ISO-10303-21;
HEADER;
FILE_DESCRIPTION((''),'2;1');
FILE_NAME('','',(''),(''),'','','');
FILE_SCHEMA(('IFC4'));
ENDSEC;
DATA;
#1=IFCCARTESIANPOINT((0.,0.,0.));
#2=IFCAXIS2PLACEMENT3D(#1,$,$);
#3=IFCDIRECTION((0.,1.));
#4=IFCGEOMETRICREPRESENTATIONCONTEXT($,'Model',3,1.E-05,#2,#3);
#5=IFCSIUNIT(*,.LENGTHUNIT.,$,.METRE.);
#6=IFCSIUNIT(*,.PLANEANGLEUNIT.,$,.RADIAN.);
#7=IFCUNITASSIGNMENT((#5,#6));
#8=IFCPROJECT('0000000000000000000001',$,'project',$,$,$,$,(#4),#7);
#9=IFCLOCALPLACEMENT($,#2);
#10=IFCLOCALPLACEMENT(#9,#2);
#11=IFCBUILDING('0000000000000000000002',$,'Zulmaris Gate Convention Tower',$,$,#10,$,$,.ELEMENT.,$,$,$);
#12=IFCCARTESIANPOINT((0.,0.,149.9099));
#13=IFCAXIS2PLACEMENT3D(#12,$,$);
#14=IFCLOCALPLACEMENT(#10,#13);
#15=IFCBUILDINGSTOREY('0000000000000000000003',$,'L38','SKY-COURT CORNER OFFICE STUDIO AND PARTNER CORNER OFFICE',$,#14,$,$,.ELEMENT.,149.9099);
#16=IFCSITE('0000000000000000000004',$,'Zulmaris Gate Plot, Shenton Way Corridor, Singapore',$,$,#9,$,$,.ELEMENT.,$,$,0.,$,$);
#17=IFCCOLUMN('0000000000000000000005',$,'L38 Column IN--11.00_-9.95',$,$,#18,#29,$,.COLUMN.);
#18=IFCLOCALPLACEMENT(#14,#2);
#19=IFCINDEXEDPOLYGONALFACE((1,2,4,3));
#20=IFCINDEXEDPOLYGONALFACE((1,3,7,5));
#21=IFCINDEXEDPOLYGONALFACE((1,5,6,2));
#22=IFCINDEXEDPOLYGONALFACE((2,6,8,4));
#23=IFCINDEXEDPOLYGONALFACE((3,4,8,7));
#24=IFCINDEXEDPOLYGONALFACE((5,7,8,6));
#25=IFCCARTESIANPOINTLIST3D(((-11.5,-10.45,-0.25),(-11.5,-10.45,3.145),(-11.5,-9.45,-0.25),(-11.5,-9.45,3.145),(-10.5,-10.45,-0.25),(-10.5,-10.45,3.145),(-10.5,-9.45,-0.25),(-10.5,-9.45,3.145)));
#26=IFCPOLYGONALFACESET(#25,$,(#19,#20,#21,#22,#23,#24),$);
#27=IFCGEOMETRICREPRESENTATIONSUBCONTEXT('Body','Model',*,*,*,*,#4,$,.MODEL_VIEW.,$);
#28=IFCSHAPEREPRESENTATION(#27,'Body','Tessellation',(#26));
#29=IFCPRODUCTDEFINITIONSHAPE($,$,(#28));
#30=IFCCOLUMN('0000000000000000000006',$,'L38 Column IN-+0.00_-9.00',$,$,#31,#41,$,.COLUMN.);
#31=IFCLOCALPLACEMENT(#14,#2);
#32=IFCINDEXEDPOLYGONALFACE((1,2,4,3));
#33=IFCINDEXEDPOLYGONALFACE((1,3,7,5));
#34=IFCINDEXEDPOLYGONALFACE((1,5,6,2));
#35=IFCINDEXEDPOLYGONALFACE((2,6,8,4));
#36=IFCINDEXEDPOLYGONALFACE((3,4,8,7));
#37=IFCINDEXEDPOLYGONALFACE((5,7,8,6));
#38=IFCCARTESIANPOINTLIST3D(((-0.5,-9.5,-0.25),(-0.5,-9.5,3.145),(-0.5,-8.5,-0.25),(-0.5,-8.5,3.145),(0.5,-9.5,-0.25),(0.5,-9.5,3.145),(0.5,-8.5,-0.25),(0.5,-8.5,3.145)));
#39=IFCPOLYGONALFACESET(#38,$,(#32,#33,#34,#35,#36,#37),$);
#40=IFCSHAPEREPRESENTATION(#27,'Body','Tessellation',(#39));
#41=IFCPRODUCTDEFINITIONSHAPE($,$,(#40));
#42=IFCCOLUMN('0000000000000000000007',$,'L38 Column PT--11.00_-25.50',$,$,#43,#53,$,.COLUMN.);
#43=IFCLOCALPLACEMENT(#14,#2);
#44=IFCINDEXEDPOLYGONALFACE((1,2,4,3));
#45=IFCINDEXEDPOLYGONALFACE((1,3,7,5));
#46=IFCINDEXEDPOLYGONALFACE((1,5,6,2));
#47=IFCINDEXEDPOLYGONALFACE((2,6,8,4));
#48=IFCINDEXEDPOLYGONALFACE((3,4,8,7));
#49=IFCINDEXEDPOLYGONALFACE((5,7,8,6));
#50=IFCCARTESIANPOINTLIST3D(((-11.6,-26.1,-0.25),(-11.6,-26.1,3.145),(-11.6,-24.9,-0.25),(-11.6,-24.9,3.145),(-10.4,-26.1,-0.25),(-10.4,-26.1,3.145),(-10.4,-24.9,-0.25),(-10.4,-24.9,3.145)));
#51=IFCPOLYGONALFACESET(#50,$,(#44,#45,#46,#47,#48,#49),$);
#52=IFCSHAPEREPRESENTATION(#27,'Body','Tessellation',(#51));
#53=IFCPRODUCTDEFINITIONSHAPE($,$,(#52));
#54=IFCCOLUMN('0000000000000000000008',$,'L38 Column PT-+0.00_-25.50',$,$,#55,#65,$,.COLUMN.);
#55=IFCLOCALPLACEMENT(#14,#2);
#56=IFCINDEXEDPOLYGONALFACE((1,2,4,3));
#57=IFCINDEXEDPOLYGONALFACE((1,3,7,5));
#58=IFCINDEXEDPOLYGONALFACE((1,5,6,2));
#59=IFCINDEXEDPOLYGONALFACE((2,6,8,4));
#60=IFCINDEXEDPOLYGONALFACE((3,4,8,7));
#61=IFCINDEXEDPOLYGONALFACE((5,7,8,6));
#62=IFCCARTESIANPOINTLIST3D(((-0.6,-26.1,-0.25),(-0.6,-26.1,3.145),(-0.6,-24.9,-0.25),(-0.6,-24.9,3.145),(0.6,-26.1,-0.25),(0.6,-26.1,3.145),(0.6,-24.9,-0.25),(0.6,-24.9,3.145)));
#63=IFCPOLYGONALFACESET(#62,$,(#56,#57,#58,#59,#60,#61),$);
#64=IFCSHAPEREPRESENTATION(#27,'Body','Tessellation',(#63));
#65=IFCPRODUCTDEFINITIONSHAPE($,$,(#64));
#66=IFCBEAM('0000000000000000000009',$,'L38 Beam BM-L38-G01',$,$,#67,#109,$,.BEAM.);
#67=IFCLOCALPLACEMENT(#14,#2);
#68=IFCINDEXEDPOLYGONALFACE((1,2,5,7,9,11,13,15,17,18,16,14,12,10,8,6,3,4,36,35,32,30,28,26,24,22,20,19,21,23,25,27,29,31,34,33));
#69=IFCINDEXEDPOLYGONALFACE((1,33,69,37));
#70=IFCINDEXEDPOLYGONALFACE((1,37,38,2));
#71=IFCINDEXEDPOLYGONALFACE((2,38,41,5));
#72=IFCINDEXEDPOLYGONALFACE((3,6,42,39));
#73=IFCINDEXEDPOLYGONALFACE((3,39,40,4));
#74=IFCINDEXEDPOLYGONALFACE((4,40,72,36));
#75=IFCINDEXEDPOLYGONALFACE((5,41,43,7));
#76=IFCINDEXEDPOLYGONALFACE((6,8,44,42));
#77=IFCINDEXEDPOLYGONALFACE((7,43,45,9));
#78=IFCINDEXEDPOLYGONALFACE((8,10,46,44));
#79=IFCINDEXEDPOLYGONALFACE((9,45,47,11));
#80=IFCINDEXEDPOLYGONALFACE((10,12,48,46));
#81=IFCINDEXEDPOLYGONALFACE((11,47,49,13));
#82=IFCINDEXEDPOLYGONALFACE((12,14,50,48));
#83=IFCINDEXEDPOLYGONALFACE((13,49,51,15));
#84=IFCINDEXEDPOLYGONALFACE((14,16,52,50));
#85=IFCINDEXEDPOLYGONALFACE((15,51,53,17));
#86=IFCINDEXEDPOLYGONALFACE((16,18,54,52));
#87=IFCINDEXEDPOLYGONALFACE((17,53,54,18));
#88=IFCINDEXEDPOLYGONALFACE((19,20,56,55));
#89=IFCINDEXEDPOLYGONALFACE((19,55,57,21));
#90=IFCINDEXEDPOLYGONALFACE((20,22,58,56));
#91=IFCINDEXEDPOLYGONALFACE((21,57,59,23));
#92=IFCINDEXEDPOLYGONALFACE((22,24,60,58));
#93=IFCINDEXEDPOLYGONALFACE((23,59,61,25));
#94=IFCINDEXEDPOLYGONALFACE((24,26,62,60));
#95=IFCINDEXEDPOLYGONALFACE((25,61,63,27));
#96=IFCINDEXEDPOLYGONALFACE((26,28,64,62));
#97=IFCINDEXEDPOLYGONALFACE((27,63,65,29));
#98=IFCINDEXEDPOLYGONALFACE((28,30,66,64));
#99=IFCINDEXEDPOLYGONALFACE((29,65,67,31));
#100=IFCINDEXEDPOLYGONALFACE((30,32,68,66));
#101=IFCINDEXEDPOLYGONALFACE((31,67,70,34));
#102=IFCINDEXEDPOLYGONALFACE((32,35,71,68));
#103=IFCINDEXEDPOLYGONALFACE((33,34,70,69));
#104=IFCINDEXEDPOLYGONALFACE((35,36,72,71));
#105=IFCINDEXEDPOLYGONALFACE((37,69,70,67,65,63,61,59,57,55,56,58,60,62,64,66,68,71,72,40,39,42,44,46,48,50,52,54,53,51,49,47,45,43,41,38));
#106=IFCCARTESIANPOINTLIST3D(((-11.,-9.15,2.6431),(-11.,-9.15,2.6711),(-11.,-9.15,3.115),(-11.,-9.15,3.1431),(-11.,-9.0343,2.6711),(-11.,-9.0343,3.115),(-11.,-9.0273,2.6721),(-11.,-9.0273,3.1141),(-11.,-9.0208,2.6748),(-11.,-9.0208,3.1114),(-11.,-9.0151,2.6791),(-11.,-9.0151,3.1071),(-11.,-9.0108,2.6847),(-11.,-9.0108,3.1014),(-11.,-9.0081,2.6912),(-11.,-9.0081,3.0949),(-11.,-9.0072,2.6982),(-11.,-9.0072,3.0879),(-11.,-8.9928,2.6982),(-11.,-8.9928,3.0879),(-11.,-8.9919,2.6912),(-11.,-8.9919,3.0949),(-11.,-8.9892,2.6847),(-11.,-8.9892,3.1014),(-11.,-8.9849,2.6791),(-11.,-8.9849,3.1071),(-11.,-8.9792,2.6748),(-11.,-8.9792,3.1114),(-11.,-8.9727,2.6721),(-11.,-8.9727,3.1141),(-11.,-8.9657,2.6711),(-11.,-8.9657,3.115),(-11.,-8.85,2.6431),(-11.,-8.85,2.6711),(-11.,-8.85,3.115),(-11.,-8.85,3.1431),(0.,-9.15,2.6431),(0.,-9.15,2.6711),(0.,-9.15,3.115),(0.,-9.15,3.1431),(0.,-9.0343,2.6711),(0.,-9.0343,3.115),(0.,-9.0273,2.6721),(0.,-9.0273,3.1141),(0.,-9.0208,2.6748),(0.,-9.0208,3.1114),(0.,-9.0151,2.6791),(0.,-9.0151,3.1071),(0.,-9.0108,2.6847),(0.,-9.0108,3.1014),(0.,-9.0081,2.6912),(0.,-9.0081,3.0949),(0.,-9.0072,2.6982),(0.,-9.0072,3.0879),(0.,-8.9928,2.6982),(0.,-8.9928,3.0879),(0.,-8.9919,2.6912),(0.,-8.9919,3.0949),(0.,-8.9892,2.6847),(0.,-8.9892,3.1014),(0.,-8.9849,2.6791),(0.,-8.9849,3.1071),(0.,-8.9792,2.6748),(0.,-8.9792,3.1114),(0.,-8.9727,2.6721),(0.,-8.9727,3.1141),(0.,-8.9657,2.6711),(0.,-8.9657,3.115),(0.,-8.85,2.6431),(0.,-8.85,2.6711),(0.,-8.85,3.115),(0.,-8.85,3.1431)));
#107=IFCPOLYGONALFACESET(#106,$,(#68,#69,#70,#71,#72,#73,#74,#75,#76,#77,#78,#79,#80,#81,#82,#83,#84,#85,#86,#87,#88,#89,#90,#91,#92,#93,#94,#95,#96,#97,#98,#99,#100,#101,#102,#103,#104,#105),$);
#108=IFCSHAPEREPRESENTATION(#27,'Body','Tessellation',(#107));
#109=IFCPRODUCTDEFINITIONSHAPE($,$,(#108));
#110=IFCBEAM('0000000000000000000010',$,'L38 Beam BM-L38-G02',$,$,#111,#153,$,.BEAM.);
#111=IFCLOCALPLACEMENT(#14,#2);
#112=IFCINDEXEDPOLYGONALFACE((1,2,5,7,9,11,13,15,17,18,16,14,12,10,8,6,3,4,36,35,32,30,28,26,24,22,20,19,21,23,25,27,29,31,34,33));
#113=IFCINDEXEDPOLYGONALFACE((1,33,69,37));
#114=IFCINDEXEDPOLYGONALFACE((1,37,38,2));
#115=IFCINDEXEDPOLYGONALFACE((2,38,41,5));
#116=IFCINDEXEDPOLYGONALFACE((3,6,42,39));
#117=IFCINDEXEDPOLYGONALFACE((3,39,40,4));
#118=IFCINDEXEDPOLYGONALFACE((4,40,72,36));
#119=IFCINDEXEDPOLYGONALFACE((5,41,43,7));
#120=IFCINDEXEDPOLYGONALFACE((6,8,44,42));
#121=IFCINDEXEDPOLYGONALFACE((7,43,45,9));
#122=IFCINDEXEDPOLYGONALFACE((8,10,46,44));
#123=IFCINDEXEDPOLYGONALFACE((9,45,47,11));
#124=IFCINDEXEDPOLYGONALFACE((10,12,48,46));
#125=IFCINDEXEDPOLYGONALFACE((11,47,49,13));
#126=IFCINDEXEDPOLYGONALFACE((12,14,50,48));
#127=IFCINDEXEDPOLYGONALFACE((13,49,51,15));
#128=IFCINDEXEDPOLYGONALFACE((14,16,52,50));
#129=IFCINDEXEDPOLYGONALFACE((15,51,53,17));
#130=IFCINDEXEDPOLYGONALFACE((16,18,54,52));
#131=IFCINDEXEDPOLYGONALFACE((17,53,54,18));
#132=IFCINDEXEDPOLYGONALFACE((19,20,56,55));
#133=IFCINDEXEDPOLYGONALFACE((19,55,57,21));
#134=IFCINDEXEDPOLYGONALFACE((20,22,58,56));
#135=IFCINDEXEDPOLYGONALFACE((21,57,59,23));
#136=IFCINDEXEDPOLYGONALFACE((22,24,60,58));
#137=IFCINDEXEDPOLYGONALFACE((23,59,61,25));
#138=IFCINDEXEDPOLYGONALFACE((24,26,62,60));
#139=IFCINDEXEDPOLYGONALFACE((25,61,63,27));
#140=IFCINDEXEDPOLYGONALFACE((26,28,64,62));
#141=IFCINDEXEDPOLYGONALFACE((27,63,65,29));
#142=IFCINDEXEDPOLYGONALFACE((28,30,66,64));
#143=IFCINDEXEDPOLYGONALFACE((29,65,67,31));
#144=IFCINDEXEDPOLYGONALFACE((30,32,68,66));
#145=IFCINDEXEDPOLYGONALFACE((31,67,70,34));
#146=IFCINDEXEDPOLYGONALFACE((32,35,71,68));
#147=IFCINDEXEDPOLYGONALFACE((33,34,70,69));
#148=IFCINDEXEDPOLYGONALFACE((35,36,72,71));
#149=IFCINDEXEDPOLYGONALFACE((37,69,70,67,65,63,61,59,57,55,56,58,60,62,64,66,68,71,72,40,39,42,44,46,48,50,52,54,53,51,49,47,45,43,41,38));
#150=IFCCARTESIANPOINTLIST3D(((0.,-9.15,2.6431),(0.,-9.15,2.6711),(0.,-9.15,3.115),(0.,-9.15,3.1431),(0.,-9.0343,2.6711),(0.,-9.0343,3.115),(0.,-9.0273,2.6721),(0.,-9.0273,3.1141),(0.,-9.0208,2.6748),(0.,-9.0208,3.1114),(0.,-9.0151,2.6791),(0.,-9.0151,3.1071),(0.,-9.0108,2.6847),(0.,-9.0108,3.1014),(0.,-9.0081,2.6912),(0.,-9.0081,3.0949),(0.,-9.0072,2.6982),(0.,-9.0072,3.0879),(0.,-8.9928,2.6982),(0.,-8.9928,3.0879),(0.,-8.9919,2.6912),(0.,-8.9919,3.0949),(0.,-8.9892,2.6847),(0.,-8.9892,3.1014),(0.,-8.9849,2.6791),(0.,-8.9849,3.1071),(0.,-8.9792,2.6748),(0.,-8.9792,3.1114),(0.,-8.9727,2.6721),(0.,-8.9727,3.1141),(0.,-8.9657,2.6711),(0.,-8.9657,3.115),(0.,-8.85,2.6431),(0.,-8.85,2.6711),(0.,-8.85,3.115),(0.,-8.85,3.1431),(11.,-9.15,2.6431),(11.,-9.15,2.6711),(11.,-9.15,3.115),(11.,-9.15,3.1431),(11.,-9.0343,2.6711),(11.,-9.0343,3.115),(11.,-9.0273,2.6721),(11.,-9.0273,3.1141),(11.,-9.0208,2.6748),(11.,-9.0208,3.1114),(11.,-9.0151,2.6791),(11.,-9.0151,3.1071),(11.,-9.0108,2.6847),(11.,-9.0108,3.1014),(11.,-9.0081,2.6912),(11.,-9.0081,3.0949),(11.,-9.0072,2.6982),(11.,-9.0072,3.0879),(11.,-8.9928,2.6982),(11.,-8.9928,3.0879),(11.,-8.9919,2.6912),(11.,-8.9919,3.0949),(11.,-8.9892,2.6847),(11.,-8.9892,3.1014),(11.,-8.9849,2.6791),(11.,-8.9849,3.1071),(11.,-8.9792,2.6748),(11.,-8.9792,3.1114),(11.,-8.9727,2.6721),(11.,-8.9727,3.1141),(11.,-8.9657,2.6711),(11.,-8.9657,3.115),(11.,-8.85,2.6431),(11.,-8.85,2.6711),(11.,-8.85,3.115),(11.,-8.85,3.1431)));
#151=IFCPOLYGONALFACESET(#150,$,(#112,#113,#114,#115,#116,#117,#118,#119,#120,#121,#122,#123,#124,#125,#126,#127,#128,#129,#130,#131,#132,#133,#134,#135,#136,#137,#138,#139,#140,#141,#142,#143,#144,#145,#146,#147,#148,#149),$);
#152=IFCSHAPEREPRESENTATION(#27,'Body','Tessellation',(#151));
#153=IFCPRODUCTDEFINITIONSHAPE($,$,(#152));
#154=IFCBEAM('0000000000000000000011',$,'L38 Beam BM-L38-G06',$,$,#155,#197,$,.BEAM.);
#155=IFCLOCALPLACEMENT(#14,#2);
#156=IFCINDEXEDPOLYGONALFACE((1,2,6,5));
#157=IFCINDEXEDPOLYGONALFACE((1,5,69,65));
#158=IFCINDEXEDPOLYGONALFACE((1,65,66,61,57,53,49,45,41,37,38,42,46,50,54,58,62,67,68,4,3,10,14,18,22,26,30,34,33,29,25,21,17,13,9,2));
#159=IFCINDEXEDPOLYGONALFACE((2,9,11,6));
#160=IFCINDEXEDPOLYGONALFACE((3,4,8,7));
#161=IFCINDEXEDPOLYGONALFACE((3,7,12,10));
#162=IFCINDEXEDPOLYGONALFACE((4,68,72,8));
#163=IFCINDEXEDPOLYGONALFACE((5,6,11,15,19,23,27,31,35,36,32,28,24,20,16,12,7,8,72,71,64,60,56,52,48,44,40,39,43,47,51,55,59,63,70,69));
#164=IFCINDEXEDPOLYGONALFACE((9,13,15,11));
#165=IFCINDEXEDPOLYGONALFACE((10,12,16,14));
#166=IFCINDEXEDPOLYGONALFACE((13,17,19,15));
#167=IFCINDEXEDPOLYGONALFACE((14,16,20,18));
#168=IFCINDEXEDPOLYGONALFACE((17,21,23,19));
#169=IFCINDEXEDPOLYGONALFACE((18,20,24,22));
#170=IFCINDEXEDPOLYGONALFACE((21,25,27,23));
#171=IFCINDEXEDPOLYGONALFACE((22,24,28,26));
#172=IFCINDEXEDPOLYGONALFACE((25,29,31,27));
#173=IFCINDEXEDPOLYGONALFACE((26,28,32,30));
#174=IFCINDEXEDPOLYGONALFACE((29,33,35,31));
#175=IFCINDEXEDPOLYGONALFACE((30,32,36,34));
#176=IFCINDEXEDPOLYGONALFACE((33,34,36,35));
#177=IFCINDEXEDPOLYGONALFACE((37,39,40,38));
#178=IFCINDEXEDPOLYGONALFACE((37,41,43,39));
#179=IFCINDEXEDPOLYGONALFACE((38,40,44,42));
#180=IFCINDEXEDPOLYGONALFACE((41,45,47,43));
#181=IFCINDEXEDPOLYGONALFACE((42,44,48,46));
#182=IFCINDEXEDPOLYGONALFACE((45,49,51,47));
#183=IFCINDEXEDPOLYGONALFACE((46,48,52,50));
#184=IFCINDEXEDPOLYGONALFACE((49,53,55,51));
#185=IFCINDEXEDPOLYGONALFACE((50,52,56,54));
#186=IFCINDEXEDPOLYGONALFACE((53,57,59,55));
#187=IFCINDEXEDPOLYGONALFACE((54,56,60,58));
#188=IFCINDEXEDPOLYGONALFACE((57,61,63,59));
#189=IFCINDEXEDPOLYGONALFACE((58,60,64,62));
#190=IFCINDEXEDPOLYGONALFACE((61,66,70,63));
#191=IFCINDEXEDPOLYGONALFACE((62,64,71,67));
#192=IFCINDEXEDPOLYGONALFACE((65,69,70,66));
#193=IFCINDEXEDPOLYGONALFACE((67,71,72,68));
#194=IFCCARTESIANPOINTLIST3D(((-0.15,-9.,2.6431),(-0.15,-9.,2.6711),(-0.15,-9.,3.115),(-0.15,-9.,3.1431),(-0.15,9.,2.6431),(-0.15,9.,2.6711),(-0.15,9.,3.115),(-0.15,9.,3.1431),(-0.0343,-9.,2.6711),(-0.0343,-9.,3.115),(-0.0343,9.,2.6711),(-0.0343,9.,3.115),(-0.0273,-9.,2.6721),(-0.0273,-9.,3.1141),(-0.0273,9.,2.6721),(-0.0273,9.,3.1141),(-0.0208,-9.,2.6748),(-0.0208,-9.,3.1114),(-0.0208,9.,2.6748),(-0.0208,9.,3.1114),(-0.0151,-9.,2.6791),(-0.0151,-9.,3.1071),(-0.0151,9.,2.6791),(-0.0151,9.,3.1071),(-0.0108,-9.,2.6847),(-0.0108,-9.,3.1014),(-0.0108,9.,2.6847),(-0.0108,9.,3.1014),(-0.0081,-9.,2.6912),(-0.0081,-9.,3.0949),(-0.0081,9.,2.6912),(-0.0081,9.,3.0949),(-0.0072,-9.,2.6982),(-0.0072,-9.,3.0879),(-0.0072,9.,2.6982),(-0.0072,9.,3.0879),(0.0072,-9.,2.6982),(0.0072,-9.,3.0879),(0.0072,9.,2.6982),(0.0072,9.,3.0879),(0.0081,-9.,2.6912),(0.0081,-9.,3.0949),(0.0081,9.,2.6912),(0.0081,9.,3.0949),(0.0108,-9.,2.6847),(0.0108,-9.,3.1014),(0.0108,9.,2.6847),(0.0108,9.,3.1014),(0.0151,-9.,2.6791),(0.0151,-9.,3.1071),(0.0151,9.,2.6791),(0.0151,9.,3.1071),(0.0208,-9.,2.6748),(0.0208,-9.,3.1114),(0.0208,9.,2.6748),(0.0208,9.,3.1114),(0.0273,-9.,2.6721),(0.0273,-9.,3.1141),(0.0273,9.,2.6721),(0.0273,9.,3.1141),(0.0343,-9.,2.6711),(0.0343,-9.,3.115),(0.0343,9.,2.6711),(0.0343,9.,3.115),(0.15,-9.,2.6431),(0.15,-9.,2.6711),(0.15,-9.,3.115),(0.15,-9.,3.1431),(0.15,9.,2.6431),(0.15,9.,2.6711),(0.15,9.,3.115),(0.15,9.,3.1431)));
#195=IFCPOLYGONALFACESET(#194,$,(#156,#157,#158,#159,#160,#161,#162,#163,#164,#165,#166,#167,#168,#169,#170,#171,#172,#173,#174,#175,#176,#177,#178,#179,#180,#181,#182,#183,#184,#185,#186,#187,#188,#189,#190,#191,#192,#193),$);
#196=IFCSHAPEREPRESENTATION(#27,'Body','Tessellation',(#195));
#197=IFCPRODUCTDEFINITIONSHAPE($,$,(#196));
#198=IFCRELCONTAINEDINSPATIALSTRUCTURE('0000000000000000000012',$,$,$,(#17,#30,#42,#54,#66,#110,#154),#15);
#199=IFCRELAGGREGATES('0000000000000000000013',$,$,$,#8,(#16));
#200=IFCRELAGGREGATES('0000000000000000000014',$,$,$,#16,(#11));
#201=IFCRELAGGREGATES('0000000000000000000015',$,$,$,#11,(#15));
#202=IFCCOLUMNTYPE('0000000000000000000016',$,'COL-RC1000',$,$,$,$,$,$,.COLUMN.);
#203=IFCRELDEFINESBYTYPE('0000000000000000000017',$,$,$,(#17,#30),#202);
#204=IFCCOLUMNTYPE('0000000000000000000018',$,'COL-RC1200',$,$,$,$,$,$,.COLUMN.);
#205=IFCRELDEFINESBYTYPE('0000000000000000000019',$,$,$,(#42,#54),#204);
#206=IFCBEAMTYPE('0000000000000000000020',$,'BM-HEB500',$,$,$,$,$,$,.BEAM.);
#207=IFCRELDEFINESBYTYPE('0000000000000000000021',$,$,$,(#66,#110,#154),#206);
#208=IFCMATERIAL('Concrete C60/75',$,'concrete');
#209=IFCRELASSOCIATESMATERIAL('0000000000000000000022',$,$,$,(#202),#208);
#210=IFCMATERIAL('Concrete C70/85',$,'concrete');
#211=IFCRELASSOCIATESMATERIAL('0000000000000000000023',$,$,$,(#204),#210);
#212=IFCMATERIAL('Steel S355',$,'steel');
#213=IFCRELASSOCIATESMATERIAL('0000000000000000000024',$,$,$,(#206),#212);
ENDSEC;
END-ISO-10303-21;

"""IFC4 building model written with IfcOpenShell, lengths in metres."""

from ifc_helpers import new_model, si_unit, direction, frame, origin, origin_2d, place, context, subcontext, project, spatial, rectangle, i_section, extrude, material, material_profile, profile_set, type_object, element, save


model = new_model("IFC4")

# Units and contexts
model_context = context("Model", 3, precision=1e-05, world=origin(), true_north=direction((0.0, 1.0)))
body_context = subcontext(model_context, "Body", "Model", "MODEL_VIEW")
ifc_project = project(units=[si_unit("LENGTHUNIT", "METRE"), si_unit("PLANEANGLEUNIT", "RADIAN")], contexts=[model_context])

# Site, building, storey
site_placement = place(None, origin())
site = spatial("IfcSite", under=ifc_project, at=site_placement, Name="Zulmaris Gate Plot, Shenton Way Corridor, Singapore", CompositionType="ELEMENT", RefElevation=0.0)
building_placement = place(site_placement, origin())
building = spatial("IfcBuilding", under=site, at=building_placement, Name="Zulmaris Gate Convention Tower", CompositionType="ELEMENT")
storey_placement = place(building_placement, frame((0.0, 0.0, 149.9099)))
storey = spatial("IfcBuildingStorey", under=building, at=storey_placement, Name="L38", Description="SKY-COURT CORNER OFFICE STUDIO AND PARTNER CORNER OFFICE", CompositionType="ELEMENT", Elevation=149.9099)

# Columns
ifc_material_1 = material(Name="Concrete C60/75", Category="concrete")
ifc_material_profile_1 = material_profile(ifc_material_1, rectangle(XDim=1.0, YDim=1.0, at=origin_2d()), Name="RC COL 1000x1000")
ifc_profile_set_1 = profile_set([ifc_material_profile_1], Name="Concrete C60/75")
column_type_1 = type_object("IfcColumnType", Name="COL-RC1000", PredefinedType="COLUMN", material=ifc_profile_set_1)
for number, where, z_axis, x_axis, name in (
    (1, (-11.0, -9.95, -0.25), (0.0, 0.0, 1.0), (1.0, 0.0, 0.0), "L38 Column IN--11.00_-9.95"),
    (2, (0.0, -9.0, -0.25), (0.0, 0.0, 1.0), (1.0, 0.0, 0.0), "L38 Column IN-+0.00_-9.00"),
):
    element("IfcColumn", number, at=place(storey_placement, frame(where, z_axis=z_axis, x_axis=x_axis)), inside=storey, type_object=column_type_1, Name=name, PredefinedType="COLUMN", context=body_context, shape_type="SweptSolid", body=[
        extrude(rectangle(XDim=1.0, YDim=1.0, at=origin_2d()), origin(), (0.0, 0.0, 1.0), 3.395),
    ])
ifc_material_2 = material(Name="Concrete C70/85", Category="concrete")
ifc_material_profile_2 = material_profile(ifc_material_2, rectangle(XDim=1.2, YDim=1.2, at=origin_2d()), Name="RC COL 1200x1200")
ifc_profile_set_2 = profile_set([ifc_material_profile_2], Name="Concrete C70/85")
column_type_2 = type_object("IfcColumnType", Name="COL-RC1200", PredefinedType="COLUMN", material=ifc_profile_set_2)
for number, where, z_axis, x_axis, name in (
    (3, (-11.0, -25.5, -0.25), (0.0, 0.0, 1.0), (1.0, 0.0, 0.0), "L38 Column PT--11.00_-25.50"),
    (4, (0.0, -25.5, -0.25), (0.0, 0.0, 1.0), (1.0, 0.0, 0.0), "L38 Column PT-+0.00_-25.50"),
):
    element("IfcColumn", number, at=place(storey_placement, frame(where, z_axis=z_axis, x_axis=x_axis)), inside=storey, type_object=column_type_2, Name=name, PredefinedType="COLUMN", context=body_context, shape_type="SweptSolid", body=[
        extrude(rectangle(XDim=1.2, YDim=1.2, at=origin_2d()), origin(), (0.0, 0.0, 1.0), 3.395),
    ])

# Beams
ifc_material_3 = material(Name="Steel S355", Category="steel")
ifc_material_profile_3 = material_profile(ifc_material_3, i_section(OverallWidth=0.3, OverallDepth=0.5, WebThickness=0.0144, FlangeThickness=0.0281, FilletRadius=0.0271, at=origin_2d()), Name="HEB 500")
ifc_profile_set_3 = profile_set([ifc_material_profile_3], Name="Steel S355")
beam_type_1 = type_object("IfcBeamType", Name="BM-HEB500", PredefinedType="BEAM", material=ifc_profile_set_3)
for number, where, z_axis, x_axis, name in (
    (5, (-11.0, -9.0, 2.8931), (1.0, 0.0, 0.0), (0.0, 1.0, 0.0), "L38 Beam BM-L38-G01"),
    (6, (0.0, -9.0, 2.8931), (1.0, 0.0, 0.0), (0.0, 1.0, 0.0), "L38 Beam BM-L38-G02"),
):
    element("IfcBeam", number, at=place(storey_placement, frame(where, z_axis=z_axis, x_axis=x_axis)), inside=storey, type_object=beam_type_1, Name=name, PredefinedType="BEAM", context=body_context, shape_type="SweptSolid", body=[
        extrude(i_section(OverallWidth=0.3, OverallDepth=0.5, WebThickness=0.0144, FlangeThickness=0.0281, FilletRadius=0.0271, at=origin_2d()), origin(), (0.0, 0.0, 1.0), 11.0),
    ])
beam_1_placement = place(storey_placement, frame((0.0, -9.0, 2.8931), z_axis=(0.0, 1.0, 0.0), x_axis=(-1.0, 0.0, 0.0)))
element("IfcBeam", 7, at=beam_1_placement, inside=storey, type_object=beam_type_1, Name="L38 Beam BM-L38-G06", PredefinedType="BEAM", context=body_context, shape_type="SweptSolid", body=[
    extrude(i_section(OverallWidth=0.3, OverallDepth=0.5, WebThickness=0.0144, FlangeThickness=0.0281, FilletRadius=0.0271, at=origin_2d()), origin(), (0.0, 0.0, 1.0), 18.0),
])

save(model, "model.ifc")
